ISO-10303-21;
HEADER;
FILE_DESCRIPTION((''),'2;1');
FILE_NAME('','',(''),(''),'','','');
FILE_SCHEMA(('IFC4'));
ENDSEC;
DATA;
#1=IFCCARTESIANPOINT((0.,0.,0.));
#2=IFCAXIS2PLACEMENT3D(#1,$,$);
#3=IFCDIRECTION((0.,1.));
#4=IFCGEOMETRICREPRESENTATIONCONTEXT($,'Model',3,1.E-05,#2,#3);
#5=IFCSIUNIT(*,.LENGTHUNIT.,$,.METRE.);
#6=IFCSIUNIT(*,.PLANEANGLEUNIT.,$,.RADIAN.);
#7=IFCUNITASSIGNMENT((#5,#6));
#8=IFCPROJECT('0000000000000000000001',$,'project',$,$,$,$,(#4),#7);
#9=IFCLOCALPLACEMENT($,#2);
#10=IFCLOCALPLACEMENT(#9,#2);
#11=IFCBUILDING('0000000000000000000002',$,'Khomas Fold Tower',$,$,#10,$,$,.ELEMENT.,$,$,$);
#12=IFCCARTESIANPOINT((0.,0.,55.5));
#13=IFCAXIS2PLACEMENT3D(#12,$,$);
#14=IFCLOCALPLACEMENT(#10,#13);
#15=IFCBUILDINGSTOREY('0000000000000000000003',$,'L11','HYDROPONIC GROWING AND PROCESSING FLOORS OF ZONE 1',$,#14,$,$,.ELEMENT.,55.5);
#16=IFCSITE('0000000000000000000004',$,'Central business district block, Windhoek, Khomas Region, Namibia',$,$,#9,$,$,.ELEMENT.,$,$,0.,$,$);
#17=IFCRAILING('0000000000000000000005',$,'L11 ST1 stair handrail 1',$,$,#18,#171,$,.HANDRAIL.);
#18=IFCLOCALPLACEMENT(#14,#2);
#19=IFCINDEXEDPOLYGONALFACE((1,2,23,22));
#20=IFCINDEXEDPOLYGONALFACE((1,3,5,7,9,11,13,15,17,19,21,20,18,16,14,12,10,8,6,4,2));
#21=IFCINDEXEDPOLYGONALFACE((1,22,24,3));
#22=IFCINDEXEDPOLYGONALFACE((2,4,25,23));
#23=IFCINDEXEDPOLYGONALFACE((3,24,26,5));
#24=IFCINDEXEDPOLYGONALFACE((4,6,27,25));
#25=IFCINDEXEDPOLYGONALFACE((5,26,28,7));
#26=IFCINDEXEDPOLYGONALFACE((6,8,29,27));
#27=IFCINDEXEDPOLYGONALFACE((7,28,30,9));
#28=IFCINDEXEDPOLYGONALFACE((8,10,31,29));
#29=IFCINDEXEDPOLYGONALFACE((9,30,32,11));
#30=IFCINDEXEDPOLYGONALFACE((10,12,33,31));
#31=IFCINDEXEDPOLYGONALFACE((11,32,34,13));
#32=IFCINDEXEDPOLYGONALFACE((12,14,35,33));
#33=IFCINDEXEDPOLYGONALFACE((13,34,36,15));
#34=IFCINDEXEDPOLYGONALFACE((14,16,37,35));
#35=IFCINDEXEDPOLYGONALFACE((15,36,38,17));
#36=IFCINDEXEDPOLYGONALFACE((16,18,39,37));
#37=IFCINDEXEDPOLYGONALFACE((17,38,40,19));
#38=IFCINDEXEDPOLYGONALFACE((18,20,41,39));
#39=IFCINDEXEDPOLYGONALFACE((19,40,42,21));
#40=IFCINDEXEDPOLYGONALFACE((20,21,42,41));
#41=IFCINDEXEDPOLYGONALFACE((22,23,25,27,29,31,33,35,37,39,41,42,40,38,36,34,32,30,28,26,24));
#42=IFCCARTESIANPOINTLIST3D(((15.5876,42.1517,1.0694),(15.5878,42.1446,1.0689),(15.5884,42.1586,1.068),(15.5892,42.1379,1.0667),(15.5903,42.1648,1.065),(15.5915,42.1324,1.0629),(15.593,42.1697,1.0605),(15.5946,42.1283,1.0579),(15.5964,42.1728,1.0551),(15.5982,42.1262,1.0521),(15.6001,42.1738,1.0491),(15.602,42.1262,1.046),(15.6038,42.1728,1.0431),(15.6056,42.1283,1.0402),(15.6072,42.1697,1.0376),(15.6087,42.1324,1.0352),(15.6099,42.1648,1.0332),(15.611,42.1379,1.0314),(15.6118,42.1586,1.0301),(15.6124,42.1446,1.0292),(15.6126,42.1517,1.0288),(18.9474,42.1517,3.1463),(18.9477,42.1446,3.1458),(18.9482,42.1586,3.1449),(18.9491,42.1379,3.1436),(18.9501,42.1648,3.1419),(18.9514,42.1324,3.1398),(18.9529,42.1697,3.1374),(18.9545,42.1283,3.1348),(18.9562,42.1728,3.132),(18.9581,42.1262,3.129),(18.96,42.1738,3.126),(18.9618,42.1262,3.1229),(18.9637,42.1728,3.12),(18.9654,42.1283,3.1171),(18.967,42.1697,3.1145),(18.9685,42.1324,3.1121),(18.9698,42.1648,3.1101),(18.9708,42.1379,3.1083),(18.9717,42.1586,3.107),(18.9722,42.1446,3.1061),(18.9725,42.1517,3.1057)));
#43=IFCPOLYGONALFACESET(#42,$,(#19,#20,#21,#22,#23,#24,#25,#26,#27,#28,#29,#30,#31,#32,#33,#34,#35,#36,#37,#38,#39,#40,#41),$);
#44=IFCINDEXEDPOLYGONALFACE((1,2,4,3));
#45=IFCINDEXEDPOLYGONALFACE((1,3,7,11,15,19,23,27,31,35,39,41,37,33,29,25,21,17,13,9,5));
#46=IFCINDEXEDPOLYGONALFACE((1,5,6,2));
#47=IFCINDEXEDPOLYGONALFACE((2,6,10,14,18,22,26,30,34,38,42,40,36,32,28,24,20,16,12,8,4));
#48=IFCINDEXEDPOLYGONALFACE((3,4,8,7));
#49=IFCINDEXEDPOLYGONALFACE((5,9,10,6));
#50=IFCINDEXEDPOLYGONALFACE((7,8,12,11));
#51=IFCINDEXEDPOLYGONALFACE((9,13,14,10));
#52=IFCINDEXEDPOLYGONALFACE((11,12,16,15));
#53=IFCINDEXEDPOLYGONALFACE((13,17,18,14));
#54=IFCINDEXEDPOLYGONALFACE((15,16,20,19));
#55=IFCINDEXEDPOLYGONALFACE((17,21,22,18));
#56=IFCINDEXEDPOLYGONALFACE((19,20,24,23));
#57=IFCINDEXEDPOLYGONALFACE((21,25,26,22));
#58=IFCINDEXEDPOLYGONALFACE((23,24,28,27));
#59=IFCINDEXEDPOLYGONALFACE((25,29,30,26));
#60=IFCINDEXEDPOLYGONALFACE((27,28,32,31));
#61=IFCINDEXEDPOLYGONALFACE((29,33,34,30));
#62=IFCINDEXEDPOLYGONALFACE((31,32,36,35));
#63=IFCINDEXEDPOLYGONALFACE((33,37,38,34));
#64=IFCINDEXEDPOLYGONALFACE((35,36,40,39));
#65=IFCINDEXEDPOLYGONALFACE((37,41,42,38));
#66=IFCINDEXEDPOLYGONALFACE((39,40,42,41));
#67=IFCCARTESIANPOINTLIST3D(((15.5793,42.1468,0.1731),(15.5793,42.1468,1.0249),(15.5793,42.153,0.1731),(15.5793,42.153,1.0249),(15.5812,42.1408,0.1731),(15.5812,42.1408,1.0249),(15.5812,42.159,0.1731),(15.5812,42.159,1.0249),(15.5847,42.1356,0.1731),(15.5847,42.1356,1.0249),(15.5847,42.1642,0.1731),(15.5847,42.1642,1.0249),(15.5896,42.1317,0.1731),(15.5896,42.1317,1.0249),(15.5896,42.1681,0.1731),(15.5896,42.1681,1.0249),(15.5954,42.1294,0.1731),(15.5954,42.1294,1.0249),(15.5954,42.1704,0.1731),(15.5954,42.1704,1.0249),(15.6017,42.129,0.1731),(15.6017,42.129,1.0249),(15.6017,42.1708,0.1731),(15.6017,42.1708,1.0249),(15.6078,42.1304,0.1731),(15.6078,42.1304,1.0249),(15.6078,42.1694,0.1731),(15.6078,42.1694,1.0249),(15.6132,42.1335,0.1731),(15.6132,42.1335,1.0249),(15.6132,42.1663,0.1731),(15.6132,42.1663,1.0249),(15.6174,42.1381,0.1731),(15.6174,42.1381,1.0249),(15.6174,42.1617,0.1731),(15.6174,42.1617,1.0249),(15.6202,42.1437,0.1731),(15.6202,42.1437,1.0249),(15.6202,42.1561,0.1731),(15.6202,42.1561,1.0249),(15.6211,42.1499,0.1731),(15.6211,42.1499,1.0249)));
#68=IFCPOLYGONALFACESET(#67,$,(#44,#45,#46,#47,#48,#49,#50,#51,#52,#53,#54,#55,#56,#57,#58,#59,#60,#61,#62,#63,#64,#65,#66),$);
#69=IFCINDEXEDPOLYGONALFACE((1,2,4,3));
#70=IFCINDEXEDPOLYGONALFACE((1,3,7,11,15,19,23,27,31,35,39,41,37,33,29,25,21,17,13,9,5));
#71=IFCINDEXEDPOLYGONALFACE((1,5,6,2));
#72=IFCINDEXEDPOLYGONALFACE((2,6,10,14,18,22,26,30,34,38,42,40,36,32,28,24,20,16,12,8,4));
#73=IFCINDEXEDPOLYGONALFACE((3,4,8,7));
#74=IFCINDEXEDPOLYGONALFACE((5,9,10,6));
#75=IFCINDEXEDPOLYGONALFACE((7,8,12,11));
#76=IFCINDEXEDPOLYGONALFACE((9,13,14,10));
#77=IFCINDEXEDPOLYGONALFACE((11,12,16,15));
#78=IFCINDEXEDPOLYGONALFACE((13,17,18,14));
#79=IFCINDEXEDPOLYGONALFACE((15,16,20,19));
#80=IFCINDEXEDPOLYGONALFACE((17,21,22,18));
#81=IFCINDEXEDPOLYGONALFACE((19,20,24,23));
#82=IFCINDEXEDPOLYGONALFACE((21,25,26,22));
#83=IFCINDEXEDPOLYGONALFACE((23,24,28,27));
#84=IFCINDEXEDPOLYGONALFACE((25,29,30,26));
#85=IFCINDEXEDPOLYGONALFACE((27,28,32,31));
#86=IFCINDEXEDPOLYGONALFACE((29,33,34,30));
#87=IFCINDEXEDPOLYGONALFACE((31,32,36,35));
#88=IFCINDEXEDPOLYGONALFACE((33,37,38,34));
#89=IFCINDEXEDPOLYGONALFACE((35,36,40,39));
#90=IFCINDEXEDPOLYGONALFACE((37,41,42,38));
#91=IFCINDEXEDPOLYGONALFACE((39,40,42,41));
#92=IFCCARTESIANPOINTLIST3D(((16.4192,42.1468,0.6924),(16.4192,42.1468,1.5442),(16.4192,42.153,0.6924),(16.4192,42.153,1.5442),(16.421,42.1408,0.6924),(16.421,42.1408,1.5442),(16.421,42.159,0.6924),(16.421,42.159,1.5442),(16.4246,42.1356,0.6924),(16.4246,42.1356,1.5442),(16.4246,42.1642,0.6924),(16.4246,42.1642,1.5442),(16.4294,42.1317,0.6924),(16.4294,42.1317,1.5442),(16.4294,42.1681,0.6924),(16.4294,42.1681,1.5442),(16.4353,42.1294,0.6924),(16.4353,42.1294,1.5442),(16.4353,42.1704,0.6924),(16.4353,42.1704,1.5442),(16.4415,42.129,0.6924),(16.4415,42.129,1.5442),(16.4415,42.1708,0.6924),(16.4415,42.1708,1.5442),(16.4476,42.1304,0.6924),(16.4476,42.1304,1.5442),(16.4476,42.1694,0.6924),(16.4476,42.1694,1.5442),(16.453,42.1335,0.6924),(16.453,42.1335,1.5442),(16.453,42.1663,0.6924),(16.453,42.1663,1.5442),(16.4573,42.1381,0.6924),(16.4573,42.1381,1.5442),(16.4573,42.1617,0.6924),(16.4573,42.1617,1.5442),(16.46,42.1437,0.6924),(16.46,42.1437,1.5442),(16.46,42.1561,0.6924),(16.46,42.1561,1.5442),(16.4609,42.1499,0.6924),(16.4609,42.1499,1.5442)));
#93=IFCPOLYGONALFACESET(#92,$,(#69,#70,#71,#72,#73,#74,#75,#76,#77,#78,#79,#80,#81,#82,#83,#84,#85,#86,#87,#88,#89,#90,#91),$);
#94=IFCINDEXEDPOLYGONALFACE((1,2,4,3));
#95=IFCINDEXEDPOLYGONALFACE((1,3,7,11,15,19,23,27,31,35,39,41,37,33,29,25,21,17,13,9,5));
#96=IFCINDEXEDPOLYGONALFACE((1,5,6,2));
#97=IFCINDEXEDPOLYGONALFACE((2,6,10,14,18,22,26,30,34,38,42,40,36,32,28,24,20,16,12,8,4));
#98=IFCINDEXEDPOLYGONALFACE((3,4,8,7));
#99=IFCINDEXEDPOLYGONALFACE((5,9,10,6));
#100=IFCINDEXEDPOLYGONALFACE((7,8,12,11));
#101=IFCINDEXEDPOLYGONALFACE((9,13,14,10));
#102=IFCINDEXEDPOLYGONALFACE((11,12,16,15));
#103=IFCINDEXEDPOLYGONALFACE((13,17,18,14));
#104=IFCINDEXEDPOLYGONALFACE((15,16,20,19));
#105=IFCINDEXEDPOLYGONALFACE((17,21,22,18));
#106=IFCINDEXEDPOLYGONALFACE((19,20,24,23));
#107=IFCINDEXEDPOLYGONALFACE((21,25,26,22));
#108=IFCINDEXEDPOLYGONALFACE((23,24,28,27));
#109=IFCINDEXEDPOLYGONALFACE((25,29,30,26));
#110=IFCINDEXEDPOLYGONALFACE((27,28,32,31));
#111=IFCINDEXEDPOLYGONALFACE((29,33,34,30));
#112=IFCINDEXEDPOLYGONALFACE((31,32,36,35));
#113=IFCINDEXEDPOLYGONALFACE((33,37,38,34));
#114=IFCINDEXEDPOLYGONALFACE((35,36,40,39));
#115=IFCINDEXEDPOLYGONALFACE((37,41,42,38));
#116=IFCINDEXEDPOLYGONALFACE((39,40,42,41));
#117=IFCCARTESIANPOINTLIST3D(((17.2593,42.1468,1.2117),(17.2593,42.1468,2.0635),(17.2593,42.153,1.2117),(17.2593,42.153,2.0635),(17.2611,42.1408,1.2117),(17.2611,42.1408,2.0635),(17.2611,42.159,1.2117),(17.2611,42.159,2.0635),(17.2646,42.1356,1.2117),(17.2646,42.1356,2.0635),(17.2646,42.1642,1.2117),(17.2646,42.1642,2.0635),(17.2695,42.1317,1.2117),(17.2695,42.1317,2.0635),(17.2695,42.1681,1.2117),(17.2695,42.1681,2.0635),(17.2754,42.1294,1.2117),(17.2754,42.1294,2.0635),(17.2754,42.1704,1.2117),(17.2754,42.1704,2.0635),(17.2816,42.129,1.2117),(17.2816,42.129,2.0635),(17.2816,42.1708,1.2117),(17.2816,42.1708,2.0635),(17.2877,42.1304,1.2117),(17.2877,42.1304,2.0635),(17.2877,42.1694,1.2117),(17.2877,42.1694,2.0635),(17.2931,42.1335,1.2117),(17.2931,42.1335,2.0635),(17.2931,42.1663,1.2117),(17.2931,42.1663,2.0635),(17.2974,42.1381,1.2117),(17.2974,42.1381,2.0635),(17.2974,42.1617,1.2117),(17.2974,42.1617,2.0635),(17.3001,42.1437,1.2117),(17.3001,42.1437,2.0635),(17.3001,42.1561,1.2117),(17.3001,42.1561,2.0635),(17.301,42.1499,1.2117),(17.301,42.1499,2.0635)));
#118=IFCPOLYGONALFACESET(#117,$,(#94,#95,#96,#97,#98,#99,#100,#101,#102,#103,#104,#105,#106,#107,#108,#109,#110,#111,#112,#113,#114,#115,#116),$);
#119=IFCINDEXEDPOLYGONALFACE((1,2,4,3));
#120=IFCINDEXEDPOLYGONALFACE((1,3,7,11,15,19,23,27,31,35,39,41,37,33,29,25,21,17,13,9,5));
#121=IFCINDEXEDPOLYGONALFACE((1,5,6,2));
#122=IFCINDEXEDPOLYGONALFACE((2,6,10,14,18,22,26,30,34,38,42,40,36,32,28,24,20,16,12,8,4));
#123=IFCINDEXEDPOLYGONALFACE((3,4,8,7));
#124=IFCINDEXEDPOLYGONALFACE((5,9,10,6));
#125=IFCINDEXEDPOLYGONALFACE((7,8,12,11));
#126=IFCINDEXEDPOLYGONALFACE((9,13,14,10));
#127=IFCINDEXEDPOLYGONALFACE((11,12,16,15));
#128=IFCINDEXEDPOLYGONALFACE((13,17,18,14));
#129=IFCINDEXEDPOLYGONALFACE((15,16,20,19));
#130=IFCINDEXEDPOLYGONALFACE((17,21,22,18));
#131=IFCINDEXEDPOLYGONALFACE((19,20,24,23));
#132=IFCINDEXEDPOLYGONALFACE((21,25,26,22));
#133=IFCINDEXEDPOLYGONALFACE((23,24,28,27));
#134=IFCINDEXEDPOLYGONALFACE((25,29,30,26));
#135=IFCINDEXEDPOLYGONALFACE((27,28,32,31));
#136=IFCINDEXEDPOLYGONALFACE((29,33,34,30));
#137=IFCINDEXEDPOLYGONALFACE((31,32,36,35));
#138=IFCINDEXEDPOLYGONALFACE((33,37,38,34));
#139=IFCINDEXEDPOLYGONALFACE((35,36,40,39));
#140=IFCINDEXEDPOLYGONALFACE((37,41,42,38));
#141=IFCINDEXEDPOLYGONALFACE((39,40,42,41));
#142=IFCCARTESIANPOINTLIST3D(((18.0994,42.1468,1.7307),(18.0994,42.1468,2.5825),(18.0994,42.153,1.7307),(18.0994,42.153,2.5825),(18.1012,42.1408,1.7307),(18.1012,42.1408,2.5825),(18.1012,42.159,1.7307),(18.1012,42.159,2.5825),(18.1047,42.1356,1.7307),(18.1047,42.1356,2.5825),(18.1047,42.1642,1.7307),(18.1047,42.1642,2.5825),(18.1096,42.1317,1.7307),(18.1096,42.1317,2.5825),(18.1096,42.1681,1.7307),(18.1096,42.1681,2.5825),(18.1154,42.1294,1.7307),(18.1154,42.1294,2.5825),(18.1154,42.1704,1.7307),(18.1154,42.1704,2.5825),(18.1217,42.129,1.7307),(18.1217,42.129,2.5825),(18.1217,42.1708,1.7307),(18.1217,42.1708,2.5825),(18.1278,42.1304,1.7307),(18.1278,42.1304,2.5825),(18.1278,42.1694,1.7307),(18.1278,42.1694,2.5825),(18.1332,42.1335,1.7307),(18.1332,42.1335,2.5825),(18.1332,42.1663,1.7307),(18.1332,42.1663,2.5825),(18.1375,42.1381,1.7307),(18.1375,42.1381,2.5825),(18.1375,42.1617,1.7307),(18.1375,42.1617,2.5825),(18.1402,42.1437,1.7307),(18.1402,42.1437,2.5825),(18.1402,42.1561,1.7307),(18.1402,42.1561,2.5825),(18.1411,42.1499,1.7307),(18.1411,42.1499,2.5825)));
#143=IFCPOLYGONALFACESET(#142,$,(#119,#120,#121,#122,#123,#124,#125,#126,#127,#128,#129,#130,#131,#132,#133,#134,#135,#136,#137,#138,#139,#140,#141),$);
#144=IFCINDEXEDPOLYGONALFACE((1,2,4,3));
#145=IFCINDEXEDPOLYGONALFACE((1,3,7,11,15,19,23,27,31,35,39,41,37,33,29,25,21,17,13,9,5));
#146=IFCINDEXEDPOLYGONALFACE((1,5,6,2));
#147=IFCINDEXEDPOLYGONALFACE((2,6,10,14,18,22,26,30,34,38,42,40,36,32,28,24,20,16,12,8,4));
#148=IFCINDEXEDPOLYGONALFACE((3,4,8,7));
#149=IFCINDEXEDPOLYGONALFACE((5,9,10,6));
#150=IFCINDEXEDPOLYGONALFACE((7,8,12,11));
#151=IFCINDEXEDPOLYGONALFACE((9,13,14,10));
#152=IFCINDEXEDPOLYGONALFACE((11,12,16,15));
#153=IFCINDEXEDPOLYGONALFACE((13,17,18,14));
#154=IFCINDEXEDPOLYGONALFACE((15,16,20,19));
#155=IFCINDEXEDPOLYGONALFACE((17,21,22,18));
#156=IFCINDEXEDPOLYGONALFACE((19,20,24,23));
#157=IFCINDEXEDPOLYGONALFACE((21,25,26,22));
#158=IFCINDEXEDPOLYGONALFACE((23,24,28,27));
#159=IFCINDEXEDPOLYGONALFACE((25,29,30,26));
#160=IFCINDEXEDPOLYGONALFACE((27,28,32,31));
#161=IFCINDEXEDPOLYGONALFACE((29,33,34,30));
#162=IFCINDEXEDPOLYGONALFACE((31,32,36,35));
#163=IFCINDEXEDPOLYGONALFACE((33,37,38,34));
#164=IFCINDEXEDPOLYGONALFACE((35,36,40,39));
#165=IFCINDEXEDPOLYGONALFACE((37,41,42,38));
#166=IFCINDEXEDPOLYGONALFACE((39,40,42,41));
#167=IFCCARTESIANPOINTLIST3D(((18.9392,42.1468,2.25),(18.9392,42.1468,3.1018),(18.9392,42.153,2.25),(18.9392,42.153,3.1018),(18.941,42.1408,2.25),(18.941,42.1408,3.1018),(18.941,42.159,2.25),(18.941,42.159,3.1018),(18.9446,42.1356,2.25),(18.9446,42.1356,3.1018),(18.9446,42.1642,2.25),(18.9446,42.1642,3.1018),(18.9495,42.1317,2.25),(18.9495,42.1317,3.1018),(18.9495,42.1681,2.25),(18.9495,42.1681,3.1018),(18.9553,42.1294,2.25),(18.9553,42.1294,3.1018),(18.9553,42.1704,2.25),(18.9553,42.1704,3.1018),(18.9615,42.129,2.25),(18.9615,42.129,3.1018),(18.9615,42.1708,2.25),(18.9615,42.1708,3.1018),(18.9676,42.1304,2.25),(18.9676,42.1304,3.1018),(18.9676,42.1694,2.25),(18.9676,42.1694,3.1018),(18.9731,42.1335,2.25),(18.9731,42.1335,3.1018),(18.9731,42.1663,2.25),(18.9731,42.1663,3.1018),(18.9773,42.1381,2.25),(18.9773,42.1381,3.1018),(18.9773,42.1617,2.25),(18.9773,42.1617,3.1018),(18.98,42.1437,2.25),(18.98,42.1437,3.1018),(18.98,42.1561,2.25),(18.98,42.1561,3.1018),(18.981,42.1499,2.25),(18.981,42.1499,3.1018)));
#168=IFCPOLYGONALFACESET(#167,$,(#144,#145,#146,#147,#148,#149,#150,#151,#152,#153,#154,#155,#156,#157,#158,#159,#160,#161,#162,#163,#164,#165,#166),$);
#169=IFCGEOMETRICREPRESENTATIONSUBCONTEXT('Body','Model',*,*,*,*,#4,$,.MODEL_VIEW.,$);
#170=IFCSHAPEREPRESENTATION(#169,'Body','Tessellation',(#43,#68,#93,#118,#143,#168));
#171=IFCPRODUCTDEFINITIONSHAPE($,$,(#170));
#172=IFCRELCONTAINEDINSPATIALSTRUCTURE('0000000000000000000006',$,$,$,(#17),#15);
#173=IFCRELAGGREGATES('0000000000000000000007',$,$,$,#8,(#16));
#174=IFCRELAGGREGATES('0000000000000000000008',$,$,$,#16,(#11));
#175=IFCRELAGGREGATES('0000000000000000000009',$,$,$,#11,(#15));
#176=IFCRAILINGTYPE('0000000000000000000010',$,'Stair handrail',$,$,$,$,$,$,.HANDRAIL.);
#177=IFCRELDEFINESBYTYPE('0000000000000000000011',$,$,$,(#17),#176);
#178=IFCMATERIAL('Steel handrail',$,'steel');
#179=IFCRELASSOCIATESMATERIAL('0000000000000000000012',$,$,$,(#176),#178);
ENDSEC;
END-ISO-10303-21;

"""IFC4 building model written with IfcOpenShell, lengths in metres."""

from ifc_helpers import new_model, si_unit, direction, frame, origin, origin_2d, place, context, subcontext, project, spatial, circle, extrude, source, transform, mapped, material, type_object, element, save


model = new_model("IFC4")

# Units and contexts
model_context = context("Model", 3, precision=1e-05, world=origin(), true_north=direction((0.0, 1.0)))
body_context = subcontext(model_context, "Body", "Model", "MODEL_VIEW")
ifc_project = project(units=[si_unit("LENGTHUNIT", "METRE"), si_unit("PLANEANGLEUNIT", "RADIAN")], contexts=[model_context])

# Site, building, storey
site_placement = place(None, origin())
site = spatial("IfcSite", under=ifc_project, at=site_placement, Name="Central business district block, Windhoek, Khomas Region, Namibia", CompositionType="ELEMENT", RefElevation=0.0)
building_placement = place(site_placement, origin())
building = spatial("IfcBuilding", under=site, at=building_placement, Name="Khomas Fold Tower", CompositionType="ELEMENT")
storey_placement = place(building_placement, frame((0.0, 0.0, 55.5)))
storey = spatial("IfcBuildingStorey", under=building, at=storey_placement, Name="L11", Description="HYDROPONIC GROWING AND PROCESSING FLOORS OF ZONE 1", CompositionType="ELEMENT", Elevation=55.5)

# Railing
ifc_material_1 = material(Name="Steel handrail", Category="steel")
railing_type_1 = type_object("IfcRailingType", Name="Stair handrail", PredefinedType="HANDRAIL", material=ifc_material_1)
shared_shape_1 = source(origin(), body_context, "Body", "SweptSolid", [
    extrude(circle(Radius=0.0239, at=origin_2d()), frame((0.0, 0.0, 0.876), z_axis=(0.850606, 0.0, 0.525803), x_axis=(0.0, 1.0, 0.0)), (0.0, 0.0, 1.0), 3.95),
    extrude(circle(Radius=0.021, at=origin_2d()), origin(), (0.0, 0.0, 1.0), 0.8518),
    extrude(circle(Radius=0.021, at=origin_2d()), frame((0.8398, 0.0, 0.5193)), (0.0, 0.0, 1.0), 0.8518),
    extrude(circle(Radius=0.021, at=origin_2d()), frame((1.6799, 0.0, 1.0386)), (0.0, 0.0, 1.0), 0.8518),
    extrude(circle(Radius=0.021, at=origin_2d()), frame((2.52, 0.0, 1.5576)), (0.0, 0.0, 1.0), 0.8518),
    extrude(circle(Radius=0.021, at=origin_2d()), frame((3.3599, 0.0, 2.0769)), (0.0, 0.0, 1.0), 0.8518),
])
railing_1_placement = place(storey_placement, frame((15.6001, 42.1499, 0.1731)))
element("IfcRailing", 1, at=railing_1_placement, inside=storey, type_object=railing_type_1, Name="L11 ST1 stair handrail 1", PredefinedType="HANDRAIL", context=body_context, shape_type="MappedRepresentation", body=[
    mapped(shared_shape_1, transform((0.0, 0.0, 0.0))),
])

save(model, "model.ifc")
